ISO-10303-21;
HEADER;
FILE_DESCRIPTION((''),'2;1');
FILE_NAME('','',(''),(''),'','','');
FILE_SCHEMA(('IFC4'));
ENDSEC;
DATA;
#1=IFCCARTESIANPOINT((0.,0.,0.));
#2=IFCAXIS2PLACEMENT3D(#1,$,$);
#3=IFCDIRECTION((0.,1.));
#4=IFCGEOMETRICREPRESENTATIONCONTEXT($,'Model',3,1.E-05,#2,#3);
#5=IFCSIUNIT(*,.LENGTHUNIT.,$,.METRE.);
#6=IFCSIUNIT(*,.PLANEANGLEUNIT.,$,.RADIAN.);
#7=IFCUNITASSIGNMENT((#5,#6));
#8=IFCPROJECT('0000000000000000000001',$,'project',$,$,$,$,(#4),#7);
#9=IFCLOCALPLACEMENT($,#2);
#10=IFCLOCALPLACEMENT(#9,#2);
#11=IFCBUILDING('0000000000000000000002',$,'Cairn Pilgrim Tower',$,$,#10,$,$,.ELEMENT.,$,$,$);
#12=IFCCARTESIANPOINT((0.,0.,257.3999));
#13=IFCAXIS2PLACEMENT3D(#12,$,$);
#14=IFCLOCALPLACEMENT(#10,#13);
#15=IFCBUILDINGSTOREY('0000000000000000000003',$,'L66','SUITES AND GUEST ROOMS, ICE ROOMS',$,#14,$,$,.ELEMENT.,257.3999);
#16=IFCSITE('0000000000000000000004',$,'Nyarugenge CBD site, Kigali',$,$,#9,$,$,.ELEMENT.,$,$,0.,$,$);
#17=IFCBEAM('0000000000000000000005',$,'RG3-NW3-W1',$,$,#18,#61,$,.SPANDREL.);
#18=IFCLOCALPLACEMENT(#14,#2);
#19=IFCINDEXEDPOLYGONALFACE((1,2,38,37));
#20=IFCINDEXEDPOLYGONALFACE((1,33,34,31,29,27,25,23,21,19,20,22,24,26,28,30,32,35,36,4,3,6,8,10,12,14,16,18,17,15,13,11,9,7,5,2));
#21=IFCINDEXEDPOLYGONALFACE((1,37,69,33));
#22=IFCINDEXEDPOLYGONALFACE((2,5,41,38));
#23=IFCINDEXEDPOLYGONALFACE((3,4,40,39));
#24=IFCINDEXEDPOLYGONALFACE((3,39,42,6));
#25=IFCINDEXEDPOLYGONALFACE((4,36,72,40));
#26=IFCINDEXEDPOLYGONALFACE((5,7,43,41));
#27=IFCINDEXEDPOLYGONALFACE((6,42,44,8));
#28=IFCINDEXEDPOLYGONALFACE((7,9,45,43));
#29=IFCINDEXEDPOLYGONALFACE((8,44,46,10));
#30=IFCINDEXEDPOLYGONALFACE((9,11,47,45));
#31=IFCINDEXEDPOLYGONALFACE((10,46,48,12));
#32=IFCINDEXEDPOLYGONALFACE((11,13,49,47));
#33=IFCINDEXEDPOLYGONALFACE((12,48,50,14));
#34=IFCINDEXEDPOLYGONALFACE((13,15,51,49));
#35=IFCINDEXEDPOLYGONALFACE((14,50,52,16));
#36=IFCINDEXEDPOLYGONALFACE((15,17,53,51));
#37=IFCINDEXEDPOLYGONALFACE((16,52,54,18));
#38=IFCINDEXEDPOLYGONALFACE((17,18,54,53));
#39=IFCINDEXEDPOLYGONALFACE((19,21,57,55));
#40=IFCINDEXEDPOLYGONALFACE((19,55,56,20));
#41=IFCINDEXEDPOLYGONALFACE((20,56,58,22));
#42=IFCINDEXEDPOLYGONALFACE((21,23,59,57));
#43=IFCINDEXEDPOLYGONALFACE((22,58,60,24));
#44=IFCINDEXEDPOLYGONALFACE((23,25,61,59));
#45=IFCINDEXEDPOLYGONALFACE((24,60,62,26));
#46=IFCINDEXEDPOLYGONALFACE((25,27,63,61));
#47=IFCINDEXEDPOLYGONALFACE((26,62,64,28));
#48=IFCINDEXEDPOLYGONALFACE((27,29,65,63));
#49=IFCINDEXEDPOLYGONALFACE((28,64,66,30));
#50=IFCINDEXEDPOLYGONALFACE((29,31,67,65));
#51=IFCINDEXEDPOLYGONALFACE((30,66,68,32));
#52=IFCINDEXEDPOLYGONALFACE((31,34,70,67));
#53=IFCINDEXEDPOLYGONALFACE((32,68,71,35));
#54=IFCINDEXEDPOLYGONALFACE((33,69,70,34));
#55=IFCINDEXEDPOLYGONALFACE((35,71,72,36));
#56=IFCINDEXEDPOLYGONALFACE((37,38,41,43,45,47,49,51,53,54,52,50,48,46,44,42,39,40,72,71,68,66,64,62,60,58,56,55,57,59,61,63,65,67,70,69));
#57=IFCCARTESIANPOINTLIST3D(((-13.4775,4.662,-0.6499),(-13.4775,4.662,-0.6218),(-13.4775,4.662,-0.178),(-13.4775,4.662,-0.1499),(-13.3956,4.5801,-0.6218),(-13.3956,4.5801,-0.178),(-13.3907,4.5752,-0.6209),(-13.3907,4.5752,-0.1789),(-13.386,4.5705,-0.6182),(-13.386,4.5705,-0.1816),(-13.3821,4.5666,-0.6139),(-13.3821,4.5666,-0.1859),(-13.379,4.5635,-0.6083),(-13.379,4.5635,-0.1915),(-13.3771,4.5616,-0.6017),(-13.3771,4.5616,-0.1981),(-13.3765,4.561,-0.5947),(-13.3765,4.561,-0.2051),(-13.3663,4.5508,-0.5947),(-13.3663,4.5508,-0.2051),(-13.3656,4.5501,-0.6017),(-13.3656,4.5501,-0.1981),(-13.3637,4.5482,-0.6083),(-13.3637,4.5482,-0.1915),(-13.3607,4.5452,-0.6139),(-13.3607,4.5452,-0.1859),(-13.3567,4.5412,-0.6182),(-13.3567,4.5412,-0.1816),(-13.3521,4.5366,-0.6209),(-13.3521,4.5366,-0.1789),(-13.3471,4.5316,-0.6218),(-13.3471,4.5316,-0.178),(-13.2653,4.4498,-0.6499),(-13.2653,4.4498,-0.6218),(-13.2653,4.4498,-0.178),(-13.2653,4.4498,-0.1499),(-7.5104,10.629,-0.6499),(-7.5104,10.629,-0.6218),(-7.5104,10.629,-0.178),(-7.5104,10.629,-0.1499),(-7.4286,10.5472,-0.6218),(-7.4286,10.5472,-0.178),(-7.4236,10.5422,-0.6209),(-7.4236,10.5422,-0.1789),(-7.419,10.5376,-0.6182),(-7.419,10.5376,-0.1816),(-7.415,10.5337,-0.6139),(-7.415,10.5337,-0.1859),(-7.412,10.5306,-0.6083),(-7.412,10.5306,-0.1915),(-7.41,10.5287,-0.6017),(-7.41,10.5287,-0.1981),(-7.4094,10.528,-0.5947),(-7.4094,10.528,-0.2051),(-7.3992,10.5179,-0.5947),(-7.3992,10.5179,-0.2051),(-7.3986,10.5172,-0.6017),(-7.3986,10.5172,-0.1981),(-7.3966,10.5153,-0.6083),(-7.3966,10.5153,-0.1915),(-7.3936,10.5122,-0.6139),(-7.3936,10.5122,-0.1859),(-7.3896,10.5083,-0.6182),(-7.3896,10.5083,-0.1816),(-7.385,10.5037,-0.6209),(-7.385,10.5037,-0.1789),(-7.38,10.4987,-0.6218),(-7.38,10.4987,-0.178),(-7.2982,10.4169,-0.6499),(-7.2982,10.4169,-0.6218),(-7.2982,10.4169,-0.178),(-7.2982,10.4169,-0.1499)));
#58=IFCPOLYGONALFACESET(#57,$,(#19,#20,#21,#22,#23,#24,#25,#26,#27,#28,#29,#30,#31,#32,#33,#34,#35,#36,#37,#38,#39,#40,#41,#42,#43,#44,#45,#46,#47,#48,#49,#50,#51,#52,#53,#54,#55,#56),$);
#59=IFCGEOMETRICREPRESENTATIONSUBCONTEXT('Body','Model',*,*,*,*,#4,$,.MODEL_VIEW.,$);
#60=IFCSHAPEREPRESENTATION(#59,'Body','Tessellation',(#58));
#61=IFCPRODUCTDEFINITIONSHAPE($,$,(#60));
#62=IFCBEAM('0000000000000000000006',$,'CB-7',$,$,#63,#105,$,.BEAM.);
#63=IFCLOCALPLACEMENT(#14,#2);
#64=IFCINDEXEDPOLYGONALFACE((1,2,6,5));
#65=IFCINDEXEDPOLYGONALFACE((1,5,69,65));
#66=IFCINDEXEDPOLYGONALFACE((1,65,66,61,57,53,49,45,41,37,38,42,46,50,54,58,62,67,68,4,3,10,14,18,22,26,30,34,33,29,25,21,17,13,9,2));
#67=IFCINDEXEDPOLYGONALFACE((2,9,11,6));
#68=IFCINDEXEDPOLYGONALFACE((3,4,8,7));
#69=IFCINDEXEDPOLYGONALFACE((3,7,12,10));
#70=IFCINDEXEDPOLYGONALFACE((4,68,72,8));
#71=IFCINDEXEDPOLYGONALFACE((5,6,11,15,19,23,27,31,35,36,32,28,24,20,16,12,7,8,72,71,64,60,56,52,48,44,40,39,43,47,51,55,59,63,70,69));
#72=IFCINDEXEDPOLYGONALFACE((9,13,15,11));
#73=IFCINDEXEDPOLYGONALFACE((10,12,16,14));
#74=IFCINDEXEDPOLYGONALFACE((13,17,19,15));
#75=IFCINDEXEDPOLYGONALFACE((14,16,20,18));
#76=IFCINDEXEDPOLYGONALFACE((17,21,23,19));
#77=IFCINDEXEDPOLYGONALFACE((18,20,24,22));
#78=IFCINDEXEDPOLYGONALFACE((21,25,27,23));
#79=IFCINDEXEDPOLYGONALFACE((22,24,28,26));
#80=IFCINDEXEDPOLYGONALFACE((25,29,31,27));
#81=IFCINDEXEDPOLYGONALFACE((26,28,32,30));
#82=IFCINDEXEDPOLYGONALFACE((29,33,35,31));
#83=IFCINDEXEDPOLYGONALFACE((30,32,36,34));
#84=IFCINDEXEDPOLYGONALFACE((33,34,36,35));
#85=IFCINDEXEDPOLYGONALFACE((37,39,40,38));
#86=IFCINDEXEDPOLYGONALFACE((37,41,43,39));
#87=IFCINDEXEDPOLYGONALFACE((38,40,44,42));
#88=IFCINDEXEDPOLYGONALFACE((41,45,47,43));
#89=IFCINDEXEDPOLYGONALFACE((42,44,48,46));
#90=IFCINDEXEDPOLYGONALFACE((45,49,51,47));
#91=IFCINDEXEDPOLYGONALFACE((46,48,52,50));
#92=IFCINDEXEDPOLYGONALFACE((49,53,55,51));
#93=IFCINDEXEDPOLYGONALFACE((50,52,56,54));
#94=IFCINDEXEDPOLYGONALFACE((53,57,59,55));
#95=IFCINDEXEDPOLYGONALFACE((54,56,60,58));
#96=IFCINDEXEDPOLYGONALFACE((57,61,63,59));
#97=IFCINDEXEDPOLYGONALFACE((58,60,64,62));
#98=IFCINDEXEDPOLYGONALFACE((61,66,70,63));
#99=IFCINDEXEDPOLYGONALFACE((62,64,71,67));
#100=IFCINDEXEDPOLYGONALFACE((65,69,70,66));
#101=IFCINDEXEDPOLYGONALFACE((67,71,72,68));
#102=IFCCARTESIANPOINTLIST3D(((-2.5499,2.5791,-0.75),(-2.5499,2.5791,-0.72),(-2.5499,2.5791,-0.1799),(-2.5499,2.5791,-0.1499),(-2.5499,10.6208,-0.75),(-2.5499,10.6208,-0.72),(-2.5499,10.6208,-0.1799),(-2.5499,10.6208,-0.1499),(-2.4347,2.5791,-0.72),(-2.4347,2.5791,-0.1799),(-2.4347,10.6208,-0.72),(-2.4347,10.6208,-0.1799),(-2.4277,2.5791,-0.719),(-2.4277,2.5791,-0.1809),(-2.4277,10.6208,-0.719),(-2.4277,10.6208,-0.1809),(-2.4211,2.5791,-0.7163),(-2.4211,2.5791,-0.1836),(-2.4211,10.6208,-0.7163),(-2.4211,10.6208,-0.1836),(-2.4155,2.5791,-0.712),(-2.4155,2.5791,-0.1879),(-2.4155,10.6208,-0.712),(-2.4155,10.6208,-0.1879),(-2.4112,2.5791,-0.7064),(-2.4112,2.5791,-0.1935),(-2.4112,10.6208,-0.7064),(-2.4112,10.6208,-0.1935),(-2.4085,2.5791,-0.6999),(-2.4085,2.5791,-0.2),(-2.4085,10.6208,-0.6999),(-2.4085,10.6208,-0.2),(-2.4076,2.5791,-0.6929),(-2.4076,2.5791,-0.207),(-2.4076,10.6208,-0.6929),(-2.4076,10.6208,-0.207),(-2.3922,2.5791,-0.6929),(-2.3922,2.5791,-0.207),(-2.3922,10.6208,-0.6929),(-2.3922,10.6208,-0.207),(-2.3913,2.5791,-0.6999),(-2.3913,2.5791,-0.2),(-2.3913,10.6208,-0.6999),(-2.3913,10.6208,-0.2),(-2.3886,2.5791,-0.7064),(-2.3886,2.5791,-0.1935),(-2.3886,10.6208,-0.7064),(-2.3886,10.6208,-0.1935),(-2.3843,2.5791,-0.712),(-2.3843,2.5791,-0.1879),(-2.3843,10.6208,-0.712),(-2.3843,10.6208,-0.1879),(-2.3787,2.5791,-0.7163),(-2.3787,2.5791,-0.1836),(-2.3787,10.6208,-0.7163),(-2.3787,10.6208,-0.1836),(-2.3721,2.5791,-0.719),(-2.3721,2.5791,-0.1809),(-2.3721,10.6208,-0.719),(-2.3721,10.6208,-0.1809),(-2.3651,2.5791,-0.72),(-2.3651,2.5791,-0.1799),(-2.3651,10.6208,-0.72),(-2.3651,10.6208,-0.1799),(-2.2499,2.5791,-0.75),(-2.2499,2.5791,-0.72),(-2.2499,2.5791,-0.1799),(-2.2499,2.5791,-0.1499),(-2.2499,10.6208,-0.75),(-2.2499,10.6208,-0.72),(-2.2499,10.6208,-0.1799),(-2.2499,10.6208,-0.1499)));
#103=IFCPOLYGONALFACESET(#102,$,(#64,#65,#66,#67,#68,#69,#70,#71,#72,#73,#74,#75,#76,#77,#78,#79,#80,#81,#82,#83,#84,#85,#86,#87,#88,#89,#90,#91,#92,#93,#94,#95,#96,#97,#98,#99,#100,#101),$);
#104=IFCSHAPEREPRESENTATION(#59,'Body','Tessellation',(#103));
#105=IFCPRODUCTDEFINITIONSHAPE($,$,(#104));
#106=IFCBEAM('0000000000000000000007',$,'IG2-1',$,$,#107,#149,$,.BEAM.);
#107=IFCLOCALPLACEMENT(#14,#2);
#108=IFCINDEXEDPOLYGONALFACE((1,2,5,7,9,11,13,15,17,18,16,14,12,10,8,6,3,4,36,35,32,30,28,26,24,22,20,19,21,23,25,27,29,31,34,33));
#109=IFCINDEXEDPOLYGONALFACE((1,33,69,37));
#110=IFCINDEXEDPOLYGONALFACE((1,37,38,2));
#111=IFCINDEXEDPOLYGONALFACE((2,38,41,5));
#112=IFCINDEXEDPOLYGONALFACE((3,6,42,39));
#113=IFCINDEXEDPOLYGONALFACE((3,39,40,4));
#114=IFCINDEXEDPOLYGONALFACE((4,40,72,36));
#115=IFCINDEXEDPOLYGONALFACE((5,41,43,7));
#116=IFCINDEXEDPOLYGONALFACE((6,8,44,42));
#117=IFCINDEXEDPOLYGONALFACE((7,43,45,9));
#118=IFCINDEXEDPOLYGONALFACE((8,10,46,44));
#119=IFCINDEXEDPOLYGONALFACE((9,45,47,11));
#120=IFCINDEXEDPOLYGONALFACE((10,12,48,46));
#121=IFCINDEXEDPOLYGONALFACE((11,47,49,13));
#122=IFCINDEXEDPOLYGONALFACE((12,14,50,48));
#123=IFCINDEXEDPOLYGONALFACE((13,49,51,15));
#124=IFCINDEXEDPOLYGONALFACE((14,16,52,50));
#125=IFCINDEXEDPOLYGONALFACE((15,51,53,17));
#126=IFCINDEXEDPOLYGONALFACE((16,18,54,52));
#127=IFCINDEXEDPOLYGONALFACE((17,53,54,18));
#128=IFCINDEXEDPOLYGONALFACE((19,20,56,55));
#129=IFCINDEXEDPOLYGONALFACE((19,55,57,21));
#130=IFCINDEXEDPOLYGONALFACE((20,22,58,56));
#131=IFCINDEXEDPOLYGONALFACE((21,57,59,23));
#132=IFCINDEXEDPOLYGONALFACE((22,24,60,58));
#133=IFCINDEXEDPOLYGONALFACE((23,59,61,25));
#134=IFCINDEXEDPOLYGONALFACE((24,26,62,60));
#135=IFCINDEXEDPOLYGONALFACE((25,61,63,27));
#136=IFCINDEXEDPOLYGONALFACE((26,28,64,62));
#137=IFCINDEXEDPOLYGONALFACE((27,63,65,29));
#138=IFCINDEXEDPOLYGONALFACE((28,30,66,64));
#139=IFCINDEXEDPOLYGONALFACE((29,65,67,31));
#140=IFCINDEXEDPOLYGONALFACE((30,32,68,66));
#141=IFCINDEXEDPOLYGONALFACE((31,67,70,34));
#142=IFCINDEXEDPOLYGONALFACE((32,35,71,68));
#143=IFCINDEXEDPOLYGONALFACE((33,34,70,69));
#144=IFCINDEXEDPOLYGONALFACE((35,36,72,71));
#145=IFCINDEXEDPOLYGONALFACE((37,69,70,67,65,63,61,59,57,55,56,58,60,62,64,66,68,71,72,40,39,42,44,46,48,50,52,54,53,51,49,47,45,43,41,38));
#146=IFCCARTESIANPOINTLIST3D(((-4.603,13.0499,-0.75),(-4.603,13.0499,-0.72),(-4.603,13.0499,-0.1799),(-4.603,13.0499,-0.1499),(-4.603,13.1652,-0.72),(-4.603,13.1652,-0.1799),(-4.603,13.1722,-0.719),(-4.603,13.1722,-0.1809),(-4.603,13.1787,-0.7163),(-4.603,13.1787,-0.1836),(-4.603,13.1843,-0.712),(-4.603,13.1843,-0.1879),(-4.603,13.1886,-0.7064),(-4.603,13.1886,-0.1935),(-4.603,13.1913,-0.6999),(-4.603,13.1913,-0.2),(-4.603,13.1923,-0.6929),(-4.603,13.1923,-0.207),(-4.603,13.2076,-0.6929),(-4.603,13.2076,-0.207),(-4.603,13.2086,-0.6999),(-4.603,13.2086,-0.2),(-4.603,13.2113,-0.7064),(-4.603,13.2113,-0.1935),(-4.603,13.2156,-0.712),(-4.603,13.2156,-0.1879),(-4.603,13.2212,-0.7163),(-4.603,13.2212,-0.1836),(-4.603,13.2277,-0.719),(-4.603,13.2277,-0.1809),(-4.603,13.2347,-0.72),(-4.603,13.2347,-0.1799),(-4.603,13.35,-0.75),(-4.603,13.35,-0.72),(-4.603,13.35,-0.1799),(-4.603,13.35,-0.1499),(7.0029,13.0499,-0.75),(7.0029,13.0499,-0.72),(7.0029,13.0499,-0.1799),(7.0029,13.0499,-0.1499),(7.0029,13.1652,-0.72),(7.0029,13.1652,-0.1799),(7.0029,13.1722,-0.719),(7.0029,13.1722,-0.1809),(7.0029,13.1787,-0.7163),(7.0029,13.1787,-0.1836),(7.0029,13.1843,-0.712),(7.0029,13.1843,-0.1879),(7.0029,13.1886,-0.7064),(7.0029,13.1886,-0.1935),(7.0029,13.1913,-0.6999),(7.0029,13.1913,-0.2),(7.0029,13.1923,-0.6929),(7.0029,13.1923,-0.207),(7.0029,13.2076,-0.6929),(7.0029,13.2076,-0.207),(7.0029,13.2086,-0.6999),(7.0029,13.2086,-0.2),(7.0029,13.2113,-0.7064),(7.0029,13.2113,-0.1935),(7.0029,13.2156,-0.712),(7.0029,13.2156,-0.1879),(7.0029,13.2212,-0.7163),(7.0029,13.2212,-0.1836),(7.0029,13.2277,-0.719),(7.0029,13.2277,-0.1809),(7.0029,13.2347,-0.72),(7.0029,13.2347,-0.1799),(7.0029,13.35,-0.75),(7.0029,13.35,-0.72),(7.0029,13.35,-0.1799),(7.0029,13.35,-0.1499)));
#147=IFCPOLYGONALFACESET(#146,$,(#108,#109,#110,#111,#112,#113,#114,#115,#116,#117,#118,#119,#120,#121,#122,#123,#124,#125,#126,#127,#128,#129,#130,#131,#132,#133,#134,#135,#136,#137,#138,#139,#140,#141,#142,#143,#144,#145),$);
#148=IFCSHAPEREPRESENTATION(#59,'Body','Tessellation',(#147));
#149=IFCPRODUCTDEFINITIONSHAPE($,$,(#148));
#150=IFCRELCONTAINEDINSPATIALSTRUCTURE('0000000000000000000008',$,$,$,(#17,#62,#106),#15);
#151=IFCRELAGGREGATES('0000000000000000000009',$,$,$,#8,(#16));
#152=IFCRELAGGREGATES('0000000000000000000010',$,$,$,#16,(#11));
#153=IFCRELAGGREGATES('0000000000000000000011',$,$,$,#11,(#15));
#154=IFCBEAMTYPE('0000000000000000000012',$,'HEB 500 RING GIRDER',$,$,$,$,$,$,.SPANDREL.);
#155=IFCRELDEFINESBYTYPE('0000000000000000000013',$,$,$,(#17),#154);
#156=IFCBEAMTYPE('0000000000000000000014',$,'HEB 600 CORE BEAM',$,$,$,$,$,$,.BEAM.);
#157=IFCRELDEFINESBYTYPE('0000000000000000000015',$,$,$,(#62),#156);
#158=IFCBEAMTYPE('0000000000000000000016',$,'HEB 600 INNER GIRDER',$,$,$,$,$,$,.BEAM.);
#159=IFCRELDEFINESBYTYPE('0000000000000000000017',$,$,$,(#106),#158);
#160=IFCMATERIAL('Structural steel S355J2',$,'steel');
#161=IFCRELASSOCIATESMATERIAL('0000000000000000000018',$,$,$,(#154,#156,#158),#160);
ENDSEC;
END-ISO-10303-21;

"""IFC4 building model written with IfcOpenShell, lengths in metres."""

from ifc_helpers import new_model, si_unit, direction, frame, origin, origin_2d, place, context, subcontext, project, spatial, i_section, extrude, material, material_profile, profile_set, type_object, element, save


model = new_model("IFC4")

# Units and contexts
model_context = context("Model", 3, precision=1e-05, world=origin(), true_north=direction((0.0, 1.0)))
body_context = subcontext(model_context, "Body", "Model", "MODEL_VIEW")
ifc_project = project(units=[si_unit("LENGTHUNIT", "METRE"), si_unit("PLANEANGLEUNIT", "RADIAN")], contexts=[model_context])

# Site, building, storey
site_placement = place(None, origin())
site = spatial("IfcSite", under=ifc_project, at=site_placement, Name="Nyarugenge CBD site, Kigali", CompositionType="ELEMENT", RefElevation=0.0)
building_placement = place(site_placement, origin())
building = spatial("IfcBuilding", under=site, at=building_placement, Name="Cairn Pilgrim Tower", CompositionType="ELEMENT")
storey_placement = place(building_placement, frame((0.0, 0.0, 257.3999)))
storey = spatial("IfcBuildingStorey", under=building, at=storey_placement, Name="L66", Description="SUITES AND GUEST ROOMS, ICE ROOMS", CompositionType="ELEMENT", Elevation=257.3999)

# Shared definitions
ifc_material_1 = material(Name="Structural steel S355J2", Category="steel")

# Beams
ifc_material_profile_1 = material_profile(ifc_material_1, i_section(OverallWidth=0.3, OverallDepth=0.5, WebThickness=0.0144, FlangeThickness=0.0281, FilletRadius=0.0271, at=origin_2d()), Name="HEB 500")
ifc_profile_set_1 = profile_set([ifc_material_profile_1], Name="Structural steel S355J2")
beam_type_1 = type_object("IfcBeamType", Name="HEB 500 RING GIRDER", PredefinedType="SPANDREL", material=ifc_profile_set_1)
beam_1_placement = place(storey_placement, frame((-7.4043, 10.5229, -0.3999), z_axis=(-0.707107, -0.707107, 0.0), x_axis=(0.707107, -0.707107, 0.0)))
element("IfcBeam", 1, at=beam_1_placement, inside=storey, type_object=beam_type_1, Name="RG3-NW3-W1", PredefinedType="SPANDREL", context=body_context, shape_type="SweptSolid", body=[
    extrude(i_section(OverallWidth=0.3, OverallDepth=0.5, WebThickness=0.0144, FlangeThickness=0.0281, FilletRadius=0.0271, at=origin_2d()), origin(), (0.0, 0.0, 1.0), 8.4387),
])
ifc_material_profile_2 = material_profile(ifc_material_1, i_section(OverallWidth=0.3, OverallDepth=0.6001, WebThickness=0.0154, FlangeThickness=0.03, FilletRadius=0.0271, at=origin_2d()), Name="HEB 600")
ifc_profile_set_2 = profile_set([ifc_material_profile_2], Name="Structural steel S355J2")
beam_type_2 = type_object("IfcBeamType", Name="HEB 600 CORE BEAM", PredefinedType="BEAM", material=ifc_profile_set_2)
beam_2_placement = place(storey_placement, frame((-2.3999, 10.6208, -0.45), z_axis=(0.0, -1.0, 0.0), x_axis=(1.0, 0.0, 0.0)))
element("IfcBeam", 2, at=beam_2_placement, inside=storey, type_object=beam_type_2, Name="CB-7", PredefinedType="BEAM", context=body_context, shape_type="SweptSolid", body=[
    extrude(i_section(OverallWidth=0.3, OverallDepth=0.6001, WebThickness=0.0154, FlangeThickness=0.03, FilletRadius=0.0271, at=origin_2d()), origin(), (0.0, 0.0, 1.0), 8.0417),
])
ifc_material_profile_3 = material_profile(ifc_material_1, i_section(OverallWidth=0.3, OverallDepth=0.6001, WebThickness=0.0154, FlangeThickness=0.03, FilletRadius=0.0271, at=origin_2d()), Name="HEB 600")
ifc_profile_set_3 = profile_set([ifc_material_profile_3], Name="Structural steel S355J2")
beam_type_3 = type_object("IfcBeamType", Name="HEB 600 INNER GIRDER", PredefinedType="BEAM", material=ifc_profile_set_3)
beam_3_placement = place(storey_placement, frame((-4.603, 13.2, -0.45), z_axis=(1.0, 0.0, 0.0), x_axis=(0.0, 1.0, 0.0)))
element("IfcBeam", 3, at=beam_3_placement, inside=storey, type_object=beam_type_3, Name="IG2-1", PredefinedType="BEAM", context=body_context, shape_type="SweptSolid", body=[
    extrude(i_section(OverallWidth=0.3, OverallDepth=0.6001, WebThickness=0.0154, FlangeThickness=0.03, FilletRadius=0.0271, at=origin_2d()), origin(), (0.0, 0.0, 1.0), 11.606),
])

save(model, "model.ifc")
